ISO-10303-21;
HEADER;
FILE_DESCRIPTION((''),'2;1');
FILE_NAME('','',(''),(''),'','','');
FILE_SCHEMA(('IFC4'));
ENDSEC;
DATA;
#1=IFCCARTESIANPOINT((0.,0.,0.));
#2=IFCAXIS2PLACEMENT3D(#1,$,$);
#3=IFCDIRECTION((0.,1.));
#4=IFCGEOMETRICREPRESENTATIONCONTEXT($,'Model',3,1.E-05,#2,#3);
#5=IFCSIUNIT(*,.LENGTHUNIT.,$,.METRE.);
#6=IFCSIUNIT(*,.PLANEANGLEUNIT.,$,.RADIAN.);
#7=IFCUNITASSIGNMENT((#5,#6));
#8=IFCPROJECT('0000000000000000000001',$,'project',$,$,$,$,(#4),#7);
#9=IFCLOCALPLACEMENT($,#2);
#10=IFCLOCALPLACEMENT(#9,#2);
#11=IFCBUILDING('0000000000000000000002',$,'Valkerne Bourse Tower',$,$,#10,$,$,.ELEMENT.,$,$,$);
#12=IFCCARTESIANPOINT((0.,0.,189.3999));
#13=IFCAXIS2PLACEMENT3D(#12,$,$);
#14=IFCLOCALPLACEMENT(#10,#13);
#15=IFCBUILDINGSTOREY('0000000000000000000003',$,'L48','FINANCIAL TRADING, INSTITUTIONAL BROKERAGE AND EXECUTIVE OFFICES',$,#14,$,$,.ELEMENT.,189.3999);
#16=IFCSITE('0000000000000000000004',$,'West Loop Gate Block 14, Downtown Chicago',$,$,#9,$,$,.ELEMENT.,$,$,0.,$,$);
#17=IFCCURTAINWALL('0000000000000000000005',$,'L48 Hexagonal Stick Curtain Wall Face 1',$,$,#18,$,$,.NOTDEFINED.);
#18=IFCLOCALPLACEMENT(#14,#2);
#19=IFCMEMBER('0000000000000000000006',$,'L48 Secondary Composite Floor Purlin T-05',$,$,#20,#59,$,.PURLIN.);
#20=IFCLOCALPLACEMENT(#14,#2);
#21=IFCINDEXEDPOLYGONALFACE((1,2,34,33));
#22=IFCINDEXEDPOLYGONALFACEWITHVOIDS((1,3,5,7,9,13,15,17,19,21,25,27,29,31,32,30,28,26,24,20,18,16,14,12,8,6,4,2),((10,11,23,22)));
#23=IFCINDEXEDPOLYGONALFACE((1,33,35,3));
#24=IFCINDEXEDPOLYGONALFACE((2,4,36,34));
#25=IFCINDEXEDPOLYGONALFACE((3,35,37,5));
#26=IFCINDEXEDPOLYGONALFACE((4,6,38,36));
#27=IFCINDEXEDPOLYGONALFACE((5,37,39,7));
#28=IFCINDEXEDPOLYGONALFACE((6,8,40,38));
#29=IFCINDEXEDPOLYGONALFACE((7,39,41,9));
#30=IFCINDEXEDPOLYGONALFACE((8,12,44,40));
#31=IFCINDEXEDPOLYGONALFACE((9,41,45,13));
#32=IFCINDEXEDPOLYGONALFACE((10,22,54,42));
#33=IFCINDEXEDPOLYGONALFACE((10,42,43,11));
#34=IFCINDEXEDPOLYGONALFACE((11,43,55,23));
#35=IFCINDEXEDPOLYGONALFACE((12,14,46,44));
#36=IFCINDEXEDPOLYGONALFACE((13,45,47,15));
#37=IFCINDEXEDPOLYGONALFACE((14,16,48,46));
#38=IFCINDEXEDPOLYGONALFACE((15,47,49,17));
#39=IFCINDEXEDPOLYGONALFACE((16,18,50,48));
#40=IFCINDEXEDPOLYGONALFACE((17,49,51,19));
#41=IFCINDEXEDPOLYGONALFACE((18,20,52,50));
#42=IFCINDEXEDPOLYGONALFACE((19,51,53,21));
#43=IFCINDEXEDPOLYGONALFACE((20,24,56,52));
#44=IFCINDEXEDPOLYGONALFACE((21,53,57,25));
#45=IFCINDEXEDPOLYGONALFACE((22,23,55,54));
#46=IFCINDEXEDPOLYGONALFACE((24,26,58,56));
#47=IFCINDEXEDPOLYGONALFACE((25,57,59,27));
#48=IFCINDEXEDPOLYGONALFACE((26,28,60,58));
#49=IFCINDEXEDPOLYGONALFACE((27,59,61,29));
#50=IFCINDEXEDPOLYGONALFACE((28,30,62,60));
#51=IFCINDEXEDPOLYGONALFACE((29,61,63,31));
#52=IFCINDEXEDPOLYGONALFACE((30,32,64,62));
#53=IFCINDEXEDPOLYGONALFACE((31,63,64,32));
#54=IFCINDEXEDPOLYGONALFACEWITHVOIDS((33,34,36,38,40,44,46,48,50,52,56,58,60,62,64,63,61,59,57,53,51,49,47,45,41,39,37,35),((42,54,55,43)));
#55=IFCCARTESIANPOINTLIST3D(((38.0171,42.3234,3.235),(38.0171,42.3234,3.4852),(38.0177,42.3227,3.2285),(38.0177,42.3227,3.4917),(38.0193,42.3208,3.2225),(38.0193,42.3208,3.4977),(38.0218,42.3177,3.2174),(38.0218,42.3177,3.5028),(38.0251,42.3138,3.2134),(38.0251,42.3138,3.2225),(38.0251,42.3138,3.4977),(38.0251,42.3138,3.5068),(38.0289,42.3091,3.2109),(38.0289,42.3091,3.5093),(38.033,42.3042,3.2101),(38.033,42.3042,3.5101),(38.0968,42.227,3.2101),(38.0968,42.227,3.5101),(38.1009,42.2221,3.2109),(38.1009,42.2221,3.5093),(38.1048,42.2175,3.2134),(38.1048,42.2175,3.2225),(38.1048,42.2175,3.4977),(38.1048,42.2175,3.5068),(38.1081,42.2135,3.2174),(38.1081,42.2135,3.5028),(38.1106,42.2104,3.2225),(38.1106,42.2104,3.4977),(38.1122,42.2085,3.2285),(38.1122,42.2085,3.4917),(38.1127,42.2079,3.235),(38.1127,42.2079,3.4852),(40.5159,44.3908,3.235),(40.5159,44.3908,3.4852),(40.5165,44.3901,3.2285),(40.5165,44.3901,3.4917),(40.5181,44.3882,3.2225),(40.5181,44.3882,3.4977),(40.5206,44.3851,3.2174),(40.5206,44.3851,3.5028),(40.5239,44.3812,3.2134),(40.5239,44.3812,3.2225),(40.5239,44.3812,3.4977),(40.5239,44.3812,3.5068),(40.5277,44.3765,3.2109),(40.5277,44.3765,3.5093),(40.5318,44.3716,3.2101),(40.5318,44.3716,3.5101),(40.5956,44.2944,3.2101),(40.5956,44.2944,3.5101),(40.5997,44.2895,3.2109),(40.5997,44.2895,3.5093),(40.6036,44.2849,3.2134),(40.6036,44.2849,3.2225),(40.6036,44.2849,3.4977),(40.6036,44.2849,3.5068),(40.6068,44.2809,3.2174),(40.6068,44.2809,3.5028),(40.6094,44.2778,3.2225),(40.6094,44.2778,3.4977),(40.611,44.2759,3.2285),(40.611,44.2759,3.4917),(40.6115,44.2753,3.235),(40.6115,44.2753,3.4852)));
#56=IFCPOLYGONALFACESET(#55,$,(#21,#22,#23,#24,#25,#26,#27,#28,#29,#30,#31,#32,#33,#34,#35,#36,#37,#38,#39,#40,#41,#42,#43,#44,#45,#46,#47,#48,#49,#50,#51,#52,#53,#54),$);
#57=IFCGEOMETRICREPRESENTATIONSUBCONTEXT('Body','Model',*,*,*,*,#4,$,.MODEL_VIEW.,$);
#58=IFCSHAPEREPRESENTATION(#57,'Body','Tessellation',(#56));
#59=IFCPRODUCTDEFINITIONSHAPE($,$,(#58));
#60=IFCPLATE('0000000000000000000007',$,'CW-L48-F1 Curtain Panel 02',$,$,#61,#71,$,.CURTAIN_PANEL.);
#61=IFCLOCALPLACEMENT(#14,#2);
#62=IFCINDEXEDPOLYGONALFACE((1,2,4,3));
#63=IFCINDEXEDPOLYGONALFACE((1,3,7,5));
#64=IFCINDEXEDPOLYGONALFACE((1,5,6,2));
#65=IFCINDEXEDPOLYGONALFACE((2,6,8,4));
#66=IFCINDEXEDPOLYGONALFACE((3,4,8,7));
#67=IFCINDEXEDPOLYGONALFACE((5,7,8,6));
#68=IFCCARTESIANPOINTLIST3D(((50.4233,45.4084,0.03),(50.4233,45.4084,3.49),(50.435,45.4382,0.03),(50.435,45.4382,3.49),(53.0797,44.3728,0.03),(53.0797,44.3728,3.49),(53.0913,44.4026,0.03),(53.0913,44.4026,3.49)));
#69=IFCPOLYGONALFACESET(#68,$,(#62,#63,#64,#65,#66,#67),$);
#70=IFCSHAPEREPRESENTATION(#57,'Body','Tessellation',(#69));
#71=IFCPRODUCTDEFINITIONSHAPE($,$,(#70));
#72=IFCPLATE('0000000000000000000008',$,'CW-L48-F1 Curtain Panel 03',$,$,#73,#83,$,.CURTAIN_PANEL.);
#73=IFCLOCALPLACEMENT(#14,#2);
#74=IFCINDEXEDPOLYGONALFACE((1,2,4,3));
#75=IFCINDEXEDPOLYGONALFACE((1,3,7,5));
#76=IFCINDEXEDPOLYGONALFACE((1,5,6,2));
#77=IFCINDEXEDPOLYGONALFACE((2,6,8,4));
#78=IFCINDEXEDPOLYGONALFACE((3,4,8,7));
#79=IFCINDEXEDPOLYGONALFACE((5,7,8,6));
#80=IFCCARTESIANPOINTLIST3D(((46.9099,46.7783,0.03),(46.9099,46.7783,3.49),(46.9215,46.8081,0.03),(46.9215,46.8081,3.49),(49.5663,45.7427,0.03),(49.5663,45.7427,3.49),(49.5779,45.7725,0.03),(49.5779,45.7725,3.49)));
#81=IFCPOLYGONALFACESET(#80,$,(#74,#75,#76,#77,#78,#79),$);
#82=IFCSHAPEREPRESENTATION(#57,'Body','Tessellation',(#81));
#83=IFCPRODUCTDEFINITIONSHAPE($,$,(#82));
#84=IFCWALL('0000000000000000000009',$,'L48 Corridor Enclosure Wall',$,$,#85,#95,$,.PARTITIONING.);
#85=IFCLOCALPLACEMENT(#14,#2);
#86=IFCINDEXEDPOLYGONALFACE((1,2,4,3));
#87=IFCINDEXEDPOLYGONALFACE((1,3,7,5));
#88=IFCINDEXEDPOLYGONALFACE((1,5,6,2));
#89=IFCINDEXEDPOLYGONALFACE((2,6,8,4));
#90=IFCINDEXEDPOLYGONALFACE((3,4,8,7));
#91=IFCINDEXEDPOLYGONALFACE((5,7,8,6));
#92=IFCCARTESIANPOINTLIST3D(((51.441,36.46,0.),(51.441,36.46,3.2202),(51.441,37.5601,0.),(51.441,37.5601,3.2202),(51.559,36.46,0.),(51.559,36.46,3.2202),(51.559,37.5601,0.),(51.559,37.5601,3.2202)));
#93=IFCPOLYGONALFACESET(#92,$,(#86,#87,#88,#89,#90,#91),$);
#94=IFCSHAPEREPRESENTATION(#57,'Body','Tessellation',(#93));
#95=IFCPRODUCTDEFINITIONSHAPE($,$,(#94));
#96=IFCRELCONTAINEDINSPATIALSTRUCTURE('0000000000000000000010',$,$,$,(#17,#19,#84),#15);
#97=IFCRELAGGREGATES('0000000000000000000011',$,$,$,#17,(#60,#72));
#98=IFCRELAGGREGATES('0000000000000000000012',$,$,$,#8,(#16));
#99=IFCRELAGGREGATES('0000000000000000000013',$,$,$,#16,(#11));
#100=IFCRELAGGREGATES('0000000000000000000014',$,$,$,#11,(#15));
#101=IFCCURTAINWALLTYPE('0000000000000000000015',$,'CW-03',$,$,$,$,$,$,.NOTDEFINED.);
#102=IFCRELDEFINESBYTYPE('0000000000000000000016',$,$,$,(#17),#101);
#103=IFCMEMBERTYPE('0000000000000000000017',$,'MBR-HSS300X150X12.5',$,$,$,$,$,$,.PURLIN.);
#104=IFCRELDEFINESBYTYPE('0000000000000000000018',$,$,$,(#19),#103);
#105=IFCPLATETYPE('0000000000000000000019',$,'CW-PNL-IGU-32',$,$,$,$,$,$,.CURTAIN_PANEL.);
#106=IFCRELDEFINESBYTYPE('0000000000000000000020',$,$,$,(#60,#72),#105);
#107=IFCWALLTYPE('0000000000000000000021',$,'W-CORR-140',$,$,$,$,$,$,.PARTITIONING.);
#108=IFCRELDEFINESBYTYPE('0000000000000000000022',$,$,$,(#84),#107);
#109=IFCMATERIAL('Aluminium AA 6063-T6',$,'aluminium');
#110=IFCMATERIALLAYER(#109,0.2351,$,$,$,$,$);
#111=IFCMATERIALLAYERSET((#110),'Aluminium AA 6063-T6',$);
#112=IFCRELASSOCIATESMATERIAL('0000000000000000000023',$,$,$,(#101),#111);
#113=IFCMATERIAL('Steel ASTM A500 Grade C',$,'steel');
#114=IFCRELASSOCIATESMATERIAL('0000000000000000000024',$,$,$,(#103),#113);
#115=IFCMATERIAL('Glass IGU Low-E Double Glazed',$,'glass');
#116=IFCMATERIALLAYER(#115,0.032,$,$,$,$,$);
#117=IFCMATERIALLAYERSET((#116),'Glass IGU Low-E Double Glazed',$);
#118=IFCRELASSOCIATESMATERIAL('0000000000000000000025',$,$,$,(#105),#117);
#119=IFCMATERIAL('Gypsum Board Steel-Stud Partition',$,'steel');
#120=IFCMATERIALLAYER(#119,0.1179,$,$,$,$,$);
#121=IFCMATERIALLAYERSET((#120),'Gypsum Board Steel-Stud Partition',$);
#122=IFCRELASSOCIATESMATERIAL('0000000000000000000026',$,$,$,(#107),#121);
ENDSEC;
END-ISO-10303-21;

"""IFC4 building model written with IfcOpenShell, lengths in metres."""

from ifc_helpers import new_model, si_unit, direction, frame, frame_2d, origin, origin_2d, place, context, subcontext, project, spatial, rectangle, hollow_rectangle, extrude, material, layer, layer_set, material_profile, profile_set, type_object, element, aggregate, save


model = new_model("IFC4")

# Units and contexts
model_context = context("Model", 3, precision=1e-05, world=origin(), true_north=direction((0.0, 1.0)))
body_context = subcontext(model_context, "Body", "Model", "MODEL_VIEW")
ifc_project = project(units=[si_unit("LENGTHUNIT", "METRE"), si_unit("PLANEANGLEUNIT", "RADIAN")], contexts=[model_context])

# Site, building, storey
site_placement = place(None, origin())
site = spatial("IfcSite", under=ifc_project, at=site_placement, Name="West Loop Gate Block 14, Downtown Chicago", CompositionType="ELEMENT", RefElevation=0.0)
building_placement = place(site_placement, origin())
building = spatial("IfcBuilding", under=site, at=building_placement, Name="Valkerne Bourse Tower", CompositionType="ELEMENT")
storey_placement = place(building_placement, frame((0.0, 0.0, 189.3999)))
storey = spatial("IfcBuildingStorey", under=building, at=storey_placement, Name="L48", Description="FINANCIAL TRADING, INSTITUTIONAL BROKERAGE AND EXECUTIVE OFFICES", CompositionType="ELEMENT", Elevation=189.3999)

# Curtain wall
ifc_material_1 = material(Name="Aluminium AA 6063-T6", Category="aluminium")
ifc_layer_1 = layer(ifc_material_1, 0.2351)
ifc_layer_set_1 = layer_set([ifc_layer_1], Name="Aluminium AA 6063-T6")
curtain_wall_type = type_object("IfcCurtainWallType", Name="CW-03", PredefinedType="NOTDEFINED", material=ifc_layer_set_1)
curtain_wall_1_placement = place(storey_placement, origin())
curtain_wall_1 = element("IfcCurtainWall", 1, at=curtain_wall_1_placement, inside=storey, type_object=curtain_wall_type, Name="L48 Hexagonal Stick Curtain Wall Face 1", PredefinedType="NOTDEFINED")

# Member
ifc_material_2 = material(Name="Steel ASTM A500 Grade C", Category="steel")
ifc_material_profile_1 = material_profile(ifc_material_2, hollow_rectangle(XDim=0.1499, YDim=0.3, WallThickness=0.0125, OuterFilletRadius=0.0249, at=origin_2d()), Name="HSS300X150X12.5")
ifc_profile_set_1 = profile_set([ifc_material_profile_1], Name="Steel ASTM A500 Grade C")
member_type_1 = type_object("IfcMemberType", Name="MBR-HSS300X150X12.5", PredefinedType="PURLIN", material=ifc_profile_set_1)
member_1_placement = place(storey_placement, frame((40.5637, 44.333, 3.3601), z_axis=(-0.770481, -0.637463, 0.0), x_axis=(0.637463, -0.770481, 0.0)))
element("IfcMember", 2, at=member_1_placement, inside=storey, type_object=member_type_1, Name="L48 Secondary Composite Floor Purlin T-05", PredefinedType="PURLIN", context=body_context, shape_type="SweptSolid", body=[
    extrude(hollow_rectangle(XDim=0.1499, YDim=0.3, WallThickness=0.0125, OuterFilletRadius=0.0249, at=origin_2d()), origin(), (0.0, 0.0, 1.0), 3.2432),
])

# Plates
ifc_material_3 = material(Name="Glass IGU Low-E Double Glazed", Category="glass")
ifc_layer_2 = layer(ifc_material_3, 0.032)
ifc_layer_set_2 = layer_set([ifc_layer_2], Name="Glass IGU Low-E Double Glazed")
plate_type = type_object("IfcPlateType", Name="CW-PNL-IGU-32", PredefinedType="CURTAIN_PANEL", material=ifc_layer_set_2)
plate_1_placement = place(storey_placement, frame((51.7573, 44.9055, 0.03), z_axis=(0.0, 0.0, 1.0), x_axis=(-0.931696, 0.363238, 0.0)))
plate_1 = element("IfcPlate", 3, at=plate_1_placement, type_object=plate_type, Name="CW-L48-F1 Curtain Panel 02", PredefinedType="CURTAIN_PANEL", context=body_context, shape_type="SweptSolid", body=[
    extrude(rectangle(XDim=2.8511, YDim=0.032, at=origin_2d()), origin(), (0.0, 0.0, 1.0), 3.46),
])
plate_2_placement = place(storey_placement, frame((48.2439, 46.2754, 0.03), z_axis=(0.0, 0.0, 1.0), x_axis=(-0.931693, 0.363247, 0.0)))
plate_2 = element("IfcPlate", 4, at=plate_2_placement, type_object=plate_type, Name="CW-L48-F1 Curtain Panel 03", PredefinedType="CURTAIN_PANEL", context=body_context, shape_type="SweptSolid", body=[
    extrude(rectangle(XDim=2.8511, YDim=0.032, at=origin_2d()), origin(), (0.0, 0.0, 1.0), 3.46),
])
aggregate(curtain_wall_1, [plate_1, plate_2])

# Wall
ifc_material_4 = material(Name="Gypsum Board Steel-Stud Partition", Category="steel")
ifc_layer_3 = layer(ifc_material_4, 0.1179)
ifc_layer_set_3 = layer_set([ifc_layer_3], Name="Gypsum Board Steel-Stud Partition")
wall_type = type_object("IfcWallType", Name="W-CORR-140", PredefinedType="PARTITIONING", material=ifc_layer_set_3)
wall_placement = place(storey_placement, frame((51.5, 37.5601, 0.0), z_axis=(0.0, 0.0, 1.0), x_axis=(0.0, -1.0, 0.0)))
element("IfcWall", 5, at=wall_placement, inside=storey, type_object=wall_type, Name="L48 Corridor Enclosure Wall", PredefinedType="PARTITIONING", context=body_context, shape_type="SweptSolid", body=[
    extrude(rectangle(XDim=1.1001, YDim=0.1179, at=frame_2d((0.55, 0.0))), origin(), (0.0, 0.0, 1.0), 3.2202),
])

save(model, "model.ifc")
